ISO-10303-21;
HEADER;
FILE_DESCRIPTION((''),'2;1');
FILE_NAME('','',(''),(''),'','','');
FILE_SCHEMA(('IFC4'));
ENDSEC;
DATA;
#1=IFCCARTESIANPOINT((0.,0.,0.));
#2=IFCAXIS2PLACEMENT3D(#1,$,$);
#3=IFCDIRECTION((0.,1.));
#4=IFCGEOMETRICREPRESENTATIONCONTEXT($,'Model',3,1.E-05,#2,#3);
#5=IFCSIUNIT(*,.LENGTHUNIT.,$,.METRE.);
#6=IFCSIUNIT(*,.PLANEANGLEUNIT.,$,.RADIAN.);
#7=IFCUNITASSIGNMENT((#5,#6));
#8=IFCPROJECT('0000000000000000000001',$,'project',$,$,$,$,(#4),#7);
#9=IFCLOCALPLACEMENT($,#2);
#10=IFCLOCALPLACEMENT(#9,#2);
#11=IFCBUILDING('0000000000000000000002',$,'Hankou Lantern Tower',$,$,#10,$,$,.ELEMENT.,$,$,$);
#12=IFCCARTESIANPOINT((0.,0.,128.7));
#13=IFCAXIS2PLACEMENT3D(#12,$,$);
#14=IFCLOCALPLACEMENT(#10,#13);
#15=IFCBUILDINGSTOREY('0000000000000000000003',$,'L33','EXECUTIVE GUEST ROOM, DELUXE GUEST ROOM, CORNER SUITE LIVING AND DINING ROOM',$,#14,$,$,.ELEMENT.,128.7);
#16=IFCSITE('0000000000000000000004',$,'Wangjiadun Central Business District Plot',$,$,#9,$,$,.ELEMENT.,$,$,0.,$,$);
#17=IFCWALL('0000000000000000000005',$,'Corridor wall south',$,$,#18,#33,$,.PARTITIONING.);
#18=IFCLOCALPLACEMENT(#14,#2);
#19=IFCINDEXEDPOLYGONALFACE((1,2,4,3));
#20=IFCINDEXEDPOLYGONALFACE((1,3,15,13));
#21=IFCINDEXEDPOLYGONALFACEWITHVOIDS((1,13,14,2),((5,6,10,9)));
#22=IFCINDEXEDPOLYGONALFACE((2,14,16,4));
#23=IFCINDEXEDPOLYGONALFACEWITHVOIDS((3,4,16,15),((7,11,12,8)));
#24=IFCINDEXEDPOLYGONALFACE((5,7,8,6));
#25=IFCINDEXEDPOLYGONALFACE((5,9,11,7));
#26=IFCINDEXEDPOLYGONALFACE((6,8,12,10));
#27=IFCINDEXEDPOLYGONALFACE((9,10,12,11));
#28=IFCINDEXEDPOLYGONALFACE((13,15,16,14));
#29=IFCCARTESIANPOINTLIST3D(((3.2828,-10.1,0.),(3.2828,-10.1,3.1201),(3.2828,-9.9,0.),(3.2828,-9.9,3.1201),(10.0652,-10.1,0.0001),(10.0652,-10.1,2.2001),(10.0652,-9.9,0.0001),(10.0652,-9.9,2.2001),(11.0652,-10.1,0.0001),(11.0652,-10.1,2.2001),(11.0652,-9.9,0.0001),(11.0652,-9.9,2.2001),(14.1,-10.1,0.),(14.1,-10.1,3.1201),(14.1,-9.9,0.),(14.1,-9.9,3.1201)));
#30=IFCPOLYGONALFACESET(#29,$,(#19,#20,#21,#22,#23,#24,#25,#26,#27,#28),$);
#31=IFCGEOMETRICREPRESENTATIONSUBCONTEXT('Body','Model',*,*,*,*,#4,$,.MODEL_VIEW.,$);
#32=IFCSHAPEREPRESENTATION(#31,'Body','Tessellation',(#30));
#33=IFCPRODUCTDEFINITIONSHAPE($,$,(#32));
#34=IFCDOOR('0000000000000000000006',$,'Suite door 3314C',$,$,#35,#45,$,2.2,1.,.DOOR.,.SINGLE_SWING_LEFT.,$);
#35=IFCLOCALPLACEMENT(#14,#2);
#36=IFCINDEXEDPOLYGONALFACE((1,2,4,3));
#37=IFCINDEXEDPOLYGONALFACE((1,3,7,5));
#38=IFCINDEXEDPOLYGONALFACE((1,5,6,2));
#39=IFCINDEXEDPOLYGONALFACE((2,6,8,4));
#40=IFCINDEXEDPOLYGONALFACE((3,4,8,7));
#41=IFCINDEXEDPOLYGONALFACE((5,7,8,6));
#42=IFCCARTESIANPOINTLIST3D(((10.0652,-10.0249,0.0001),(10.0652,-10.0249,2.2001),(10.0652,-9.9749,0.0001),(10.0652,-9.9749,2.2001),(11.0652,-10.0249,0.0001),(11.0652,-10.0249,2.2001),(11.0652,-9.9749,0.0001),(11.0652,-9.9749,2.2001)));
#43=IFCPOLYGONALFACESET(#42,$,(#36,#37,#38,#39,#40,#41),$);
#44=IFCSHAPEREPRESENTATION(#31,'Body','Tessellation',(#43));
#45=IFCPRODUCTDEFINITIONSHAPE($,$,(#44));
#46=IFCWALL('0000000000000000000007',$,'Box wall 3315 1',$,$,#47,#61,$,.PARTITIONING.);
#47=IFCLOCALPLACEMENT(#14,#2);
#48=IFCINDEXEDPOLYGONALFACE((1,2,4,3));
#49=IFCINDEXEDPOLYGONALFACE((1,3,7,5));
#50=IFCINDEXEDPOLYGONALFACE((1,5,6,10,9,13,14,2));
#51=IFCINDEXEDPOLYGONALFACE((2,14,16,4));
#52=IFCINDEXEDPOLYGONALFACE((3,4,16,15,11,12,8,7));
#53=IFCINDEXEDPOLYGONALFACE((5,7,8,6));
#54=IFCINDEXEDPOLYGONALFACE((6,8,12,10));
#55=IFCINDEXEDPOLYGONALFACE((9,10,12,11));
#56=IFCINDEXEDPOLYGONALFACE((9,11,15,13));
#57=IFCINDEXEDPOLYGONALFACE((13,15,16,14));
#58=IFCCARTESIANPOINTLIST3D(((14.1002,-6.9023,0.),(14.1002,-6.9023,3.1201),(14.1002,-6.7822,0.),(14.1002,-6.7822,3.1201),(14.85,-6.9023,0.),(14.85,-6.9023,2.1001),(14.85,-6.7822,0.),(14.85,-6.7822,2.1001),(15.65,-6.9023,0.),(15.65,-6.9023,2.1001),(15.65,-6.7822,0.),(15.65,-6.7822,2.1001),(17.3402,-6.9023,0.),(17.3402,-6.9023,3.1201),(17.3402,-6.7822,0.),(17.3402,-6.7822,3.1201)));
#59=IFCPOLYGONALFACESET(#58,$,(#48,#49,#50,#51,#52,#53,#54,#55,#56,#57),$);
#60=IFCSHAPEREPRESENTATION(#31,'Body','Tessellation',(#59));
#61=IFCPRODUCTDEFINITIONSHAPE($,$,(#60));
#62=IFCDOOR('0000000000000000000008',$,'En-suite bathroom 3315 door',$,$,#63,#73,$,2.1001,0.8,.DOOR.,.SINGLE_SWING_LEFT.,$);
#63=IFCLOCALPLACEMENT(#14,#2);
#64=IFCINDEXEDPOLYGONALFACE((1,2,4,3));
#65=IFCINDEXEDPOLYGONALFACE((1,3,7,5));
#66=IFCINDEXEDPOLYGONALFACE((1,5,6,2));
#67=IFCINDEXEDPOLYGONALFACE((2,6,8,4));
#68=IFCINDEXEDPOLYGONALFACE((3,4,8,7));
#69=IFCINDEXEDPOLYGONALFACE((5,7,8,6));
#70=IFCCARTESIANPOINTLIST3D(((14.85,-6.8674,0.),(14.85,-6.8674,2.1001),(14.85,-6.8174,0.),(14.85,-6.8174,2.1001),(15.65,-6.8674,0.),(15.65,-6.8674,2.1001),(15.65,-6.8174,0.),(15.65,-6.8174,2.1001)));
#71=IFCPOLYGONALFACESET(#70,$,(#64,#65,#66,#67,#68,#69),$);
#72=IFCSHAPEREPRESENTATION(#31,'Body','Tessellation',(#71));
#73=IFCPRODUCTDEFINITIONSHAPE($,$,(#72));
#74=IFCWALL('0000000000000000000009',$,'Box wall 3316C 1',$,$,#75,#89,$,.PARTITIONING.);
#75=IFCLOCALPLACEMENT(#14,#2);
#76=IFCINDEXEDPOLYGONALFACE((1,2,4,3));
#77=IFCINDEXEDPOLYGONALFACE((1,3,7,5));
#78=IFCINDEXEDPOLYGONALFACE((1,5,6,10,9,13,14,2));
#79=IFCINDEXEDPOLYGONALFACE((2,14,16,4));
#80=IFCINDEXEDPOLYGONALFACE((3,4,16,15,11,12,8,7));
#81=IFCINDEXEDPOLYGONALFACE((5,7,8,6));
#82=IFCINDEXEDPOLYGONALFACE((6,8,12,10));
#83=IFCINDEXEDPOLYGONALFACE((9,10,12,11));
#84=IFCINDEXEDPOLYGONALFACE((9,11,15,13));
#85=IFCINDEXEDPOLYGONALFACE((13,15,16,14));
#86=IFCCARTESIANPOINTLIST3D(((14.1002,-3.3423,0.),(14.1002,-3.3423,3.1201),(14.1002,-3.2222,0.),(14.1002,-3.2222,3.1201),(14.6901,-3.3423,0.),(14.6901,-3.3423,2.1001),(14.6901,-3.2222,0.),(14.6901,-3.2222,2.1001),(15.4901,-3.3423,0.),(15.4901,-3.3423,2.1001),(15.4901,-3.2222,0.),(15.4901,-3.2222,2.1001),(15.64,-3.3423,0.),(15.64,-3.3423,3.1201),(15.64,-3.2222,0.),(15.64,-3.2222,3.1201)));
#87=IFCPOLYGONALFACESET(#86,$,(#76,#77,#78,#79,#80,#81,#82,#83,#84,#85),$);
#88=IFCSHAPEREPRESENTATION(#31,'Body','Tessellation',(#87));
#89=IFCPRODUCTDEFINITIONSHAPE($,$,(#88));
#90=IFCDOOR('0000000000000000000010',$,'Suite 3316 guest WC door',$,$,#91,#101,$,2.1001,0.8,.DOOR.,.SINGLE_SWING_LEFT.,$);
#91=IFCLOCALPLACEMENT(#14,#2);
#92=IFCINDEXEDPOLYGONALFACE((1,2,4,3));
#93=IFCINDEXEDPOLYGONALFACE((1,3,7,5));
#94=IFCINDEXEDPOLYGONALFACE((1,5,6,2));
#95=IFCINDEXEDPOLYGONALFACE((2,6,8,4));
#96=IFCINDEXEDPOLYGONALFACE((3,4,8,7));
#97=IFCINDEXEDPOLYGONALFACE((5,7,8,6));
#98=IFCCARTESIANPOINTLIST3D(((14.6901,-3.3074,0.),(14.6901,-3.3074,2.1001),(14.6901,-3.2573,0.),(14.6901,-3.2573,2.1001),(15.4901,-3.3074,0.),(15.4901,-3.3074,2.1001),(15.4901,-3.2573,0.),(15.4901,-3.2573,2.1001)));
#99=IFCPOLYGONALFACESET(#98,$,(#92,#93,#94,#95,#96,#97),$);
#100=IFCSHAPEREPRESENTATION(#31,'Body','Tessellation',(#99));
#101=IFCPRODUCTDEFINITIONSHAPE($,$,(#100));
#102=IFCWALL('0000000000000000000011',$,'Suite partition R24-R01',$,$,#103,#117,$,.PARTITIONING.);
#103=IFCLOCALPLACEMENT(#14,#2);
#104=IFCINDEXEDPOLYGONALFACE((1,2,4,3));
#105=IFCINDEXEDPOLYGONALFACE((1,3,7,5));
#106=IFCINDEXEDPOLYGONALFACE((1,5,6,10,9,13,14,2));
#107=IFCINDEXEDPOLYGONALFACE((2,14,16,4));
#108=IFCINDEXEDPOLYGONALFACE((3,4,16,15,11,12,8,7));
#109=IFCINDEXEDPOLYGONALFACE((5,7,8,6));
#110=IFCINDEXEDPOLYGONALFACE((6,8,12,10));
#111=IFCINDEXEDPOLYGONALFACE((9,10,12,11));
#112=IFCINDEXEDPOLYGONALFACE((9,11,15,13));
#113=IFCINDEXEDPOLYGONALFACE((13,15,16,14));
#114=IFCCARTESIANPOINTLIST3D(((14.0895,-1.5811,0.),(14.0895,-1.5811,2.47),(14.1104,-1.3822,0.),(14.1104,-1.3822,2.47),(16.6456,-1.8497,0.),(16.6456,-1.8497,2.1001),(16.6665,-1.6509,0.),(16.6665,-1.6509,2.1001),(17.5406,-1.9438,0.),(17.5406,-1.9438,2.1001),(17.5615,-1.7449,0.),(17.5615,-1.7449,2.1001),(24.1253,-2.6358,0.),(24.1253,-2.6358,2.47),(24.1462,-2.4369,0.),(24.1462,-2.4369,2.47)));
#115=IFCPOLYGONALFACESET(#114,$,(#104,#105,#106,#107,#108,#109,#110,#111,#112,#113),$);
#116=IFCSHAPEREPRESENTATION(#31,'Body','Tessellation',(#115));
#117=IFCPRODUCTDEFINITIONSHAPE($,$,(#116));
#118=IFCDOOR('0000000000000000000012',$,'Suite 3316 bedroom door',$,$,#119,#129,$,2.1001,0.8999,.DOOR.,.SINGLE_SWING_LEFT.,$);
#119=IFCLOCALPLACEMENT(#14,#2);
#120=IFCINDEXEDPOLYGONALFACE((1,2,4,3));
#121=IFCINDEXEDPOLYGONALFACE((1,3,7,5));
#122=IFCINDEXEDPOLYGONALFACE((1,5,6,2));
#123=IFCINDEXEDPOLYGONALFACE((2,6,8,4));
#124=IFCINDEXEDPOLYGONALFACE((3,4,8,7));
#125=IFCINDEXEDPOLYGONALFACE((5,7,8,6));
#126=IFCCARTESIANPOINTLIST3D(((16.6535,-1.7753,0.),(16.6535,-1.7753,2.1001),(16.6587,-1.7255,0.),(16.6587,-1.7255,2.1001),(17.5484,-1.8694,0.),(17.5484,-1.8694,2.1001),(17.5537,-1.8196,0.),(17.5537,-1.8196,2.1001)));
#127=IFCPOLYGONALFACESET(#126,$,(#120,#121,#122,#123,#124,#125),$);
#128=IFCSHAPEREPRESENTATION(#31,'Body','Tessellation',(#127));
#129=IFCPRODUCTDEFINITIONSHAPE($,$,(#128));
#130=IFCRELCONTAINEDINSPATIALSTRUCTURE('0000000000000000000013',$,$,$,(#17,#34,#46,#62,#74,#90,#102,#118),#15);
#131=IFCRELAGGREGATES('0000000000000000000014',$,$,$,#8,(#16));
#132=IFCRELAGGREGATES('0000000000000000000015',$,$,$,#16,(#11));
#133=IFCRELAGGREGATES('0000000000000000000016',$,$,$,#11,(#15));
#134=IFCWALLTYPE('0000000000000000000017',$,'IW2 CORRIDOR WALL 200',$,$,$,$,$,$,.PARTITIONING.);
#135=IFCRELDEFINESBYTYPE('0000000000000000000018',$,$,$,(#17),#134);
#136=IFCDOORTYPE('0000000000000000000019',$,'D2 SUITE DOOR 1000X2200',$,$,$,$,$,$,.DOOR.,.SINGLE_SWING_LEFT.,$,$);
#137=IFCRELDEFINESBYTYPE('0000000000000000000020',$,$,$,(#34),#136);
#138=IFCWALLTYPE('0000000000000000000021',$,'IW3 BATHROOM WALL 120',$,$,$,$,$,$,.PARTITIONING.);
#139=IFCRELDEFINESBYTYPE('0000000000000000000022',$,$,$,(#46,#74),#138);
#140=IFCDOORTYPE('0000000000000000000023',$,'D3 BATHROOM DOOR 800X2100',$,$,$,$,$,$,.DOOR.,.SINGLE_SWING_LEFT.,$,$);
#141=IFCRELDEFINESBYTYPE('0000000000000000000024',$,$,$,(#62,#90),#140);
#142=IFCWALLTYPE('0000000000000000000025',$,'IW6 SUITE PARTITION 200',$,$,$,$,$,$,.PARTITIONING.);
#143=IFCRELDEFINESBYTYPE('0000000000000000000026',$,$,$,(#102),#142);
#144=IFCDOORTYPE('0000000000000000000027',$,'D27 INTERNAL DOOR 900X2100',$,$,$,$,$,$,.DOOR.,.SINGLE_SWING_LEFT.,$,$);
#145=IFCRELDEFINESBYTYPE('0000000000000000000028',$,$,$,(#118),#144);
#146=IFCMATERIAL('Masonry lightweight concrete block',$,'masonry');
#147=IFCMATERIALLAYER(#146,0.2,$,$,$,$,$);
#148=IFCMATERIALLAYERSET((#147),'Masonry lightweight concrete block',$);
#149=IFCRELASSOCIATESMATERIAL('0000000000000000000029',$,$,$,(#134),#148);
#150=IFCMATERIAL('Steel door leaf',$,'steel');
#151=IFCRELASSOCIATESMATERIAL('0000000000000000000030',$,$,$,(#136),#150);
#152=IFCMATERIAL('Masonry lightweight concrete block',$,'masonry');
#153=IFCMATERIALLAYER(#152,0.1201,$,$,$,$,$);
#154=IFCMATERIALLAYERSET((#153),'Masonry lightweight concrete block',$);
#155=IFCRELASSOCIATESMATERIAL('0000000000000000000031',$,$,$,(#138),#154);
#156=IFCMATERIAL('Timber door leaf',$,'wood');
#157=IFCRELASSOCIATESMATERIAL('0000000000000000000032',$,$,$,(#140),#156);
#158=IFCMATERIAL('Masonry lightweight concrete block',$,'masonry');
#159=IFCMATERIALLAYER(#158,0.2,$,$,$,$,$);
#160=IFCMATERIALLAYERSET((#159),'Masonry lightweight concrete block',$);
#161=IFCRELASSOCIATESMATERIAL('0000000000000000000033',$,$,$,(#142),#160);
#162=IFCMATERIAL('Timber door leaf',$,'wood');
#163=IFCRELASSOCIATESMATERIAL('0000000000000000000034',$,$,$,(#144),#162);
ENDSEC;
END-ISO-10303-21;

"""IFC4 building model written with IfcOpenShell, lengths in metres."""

from ifc_helpers import new_model, si_unit, direction, frame, frame_2d, origin, place, context, subcontext, project, spatial, rectangle, extrude, material, layer, layer_set, type_object, element, fill, save


model = new_model("IFC4")

# Units and contexts
model_context = context("Model", 3, precision=1e-05, world=origin(), true_north=direction((0.0, 1.0)))
body_context = subcontext(model_context, "Body", "Model", "MODEL_VIEW")
ifc_project = project(units=[si_unit("LENGTHUNIT", "METRE"), si_unit("PLANEANGLEUNIT", "RADIAN")], contexts=[model_context])

# Site, building, storey
site_placement = place(None, origin())
site = spatial("IfcSite", under=ifc_project, at=site_placement, Name="Wangjiadun Central Business District Plot", CompositionType="ELEMENT", RefElevation=0.0)
building_placement = place(site_placement, origin())
building = spatial("IfcBuilding", under=site, at=building_placement, Name="Hankou Lantern Tower", CompositionType="ELEMENT")
storey_placement = place(building_placement, frame((0.0, 0.0, 128.7)))
storey = spatial("IfcBuildingStorey", under=building, at=storey_placement, Name="L33", Description="EXECUTIVE GUEST ROOM, DELUXE GUEST ROOM, CORNER SUITE LIVING AND DINING ROOM", CompositionType="ELEMENT", Elevation=128.7)

# Shared definitions
ifc_material_1 = material(Name="Masonry lightweight concrete block", Category="masonry")
ifc_layer_1 = layer(ifc_material_1, 0.2)
ifc_layer_set_1 = layer_set([ifc_layer_1], Name="Masonry lightweight concrete block")
wall_type_1 = type_object("IfcWallType", Name="IW2 CORRIDOR WALL 200", PredefinedType="PARTITIONING", material=ifc_layer_set_1)
ifc_material_2 = material(Name="Steel door leaf", Category="steel")
door_type_1 = type_object("IfcDoorType", Name="D2 SUITE DOOR 1000X2200", OperationType="SINGLE_SWING_LEFT", PredefinedType="DOOR", material=ifc_material_2)

# Walls, openings, doors
wall_1_placement = place(storey_placement, frame((14.1001, -10.0, 0.0), z_axis=(0.0, 0.0, 1.0), x_axis=(-1.0, 0.0, 0.0)))
wall_1 = element("IfcWall", 1, at=wall_1_placement, inside=storey, type_object=wall_type_1, Name="Corridor wall south", PredefinedType="PARTITIONING", context=body_context, shape_type="SweptSolid", body=[
    extrude(rectangle(XDim=10.8171, YDim=0.2, at=frame_2d((5.4087, 0.0))), origin(), (0.0, 0.0, 1.0), 3.1201),
])
opening_1_placement = place(wall_1_placement, frame((3.0349, 0.0, 0.0)))
opening_1 = element("IfcOpeningElement", 2, at=opening_1_placement, cuts=wall_1, PredefinedType="OPENING", context=body_context, shape_type="SweptSolid", body=[
    extrude(rectangle(XDim=1.0, YDim=2.2, at=frame_2d((0.5, 1.1001))), frame((0.0, 0.1099, 0.0), z_axis=(0.0, -1.0, 0.0), x_axis=(1.0, 0.0, 0.0)), (0.0, 0.0, 1.0), 0.22),
])
door_1_placement = place(opening_1_placement, origin())
door_1 = element("IfcDoor", 3, at=door_1_placement, inside=storey, type_object=door_type_1, Name="Suite door 3314C", OperationType="SINGLE_SWING_LEFT", OverallHeight=2.2, OverallWidth=1.0, PredefinedType="DOOR", context=body_context, shape_type="SweptSolid", body=[
    extrude(rectangle(XDim=1.0, YDim=2.2, at=frame_2d((0.5, 1.1001))), frame((0.0, 0.0249, 0.0), z_axis=(0.0, -1.0, 0.0), x_axis=(1.0, 0.0, 0.0)), (0.0, 0.0, 1.0), 0.05),
])
fill(opening_1, door_1)
ifc_material_3 = material(Name="Masonry lightweight concrete block", Category="masonry")
ifc_layer_2 = layer(ifc_material_3, 0.1201)
ifc_layer_set_2 = layer_set([ifc_layer_2], Name="Masonry lightweight concrete block")
wall_type_2 = type_object("IfcWallType", Name="IW3 BATHROOM WALL 120", PredefinedType="PARTITIONING", material=ifc_layer_set_2)
wall_2_placement = place(storey_placement, frame((14.1001, -6.8423, 0.0), z_axis=(0.0, 0.0, 1.0), x_axis=(1.0, 0.0, 0.0)))
wall_2 = element("IfcWall", 4, at=wall_2_placement, inside=storey, type_object=wall_type_2, Name="Box wall 3315 1", PredefinedType="PARTITIONING", context=body_context, shape_type="SweptSolid", body=[
    extrude(rectangle(XDim=3.24, YDim=0.1201, at=frame_2d((1.6201, 0.0))), origin(), (0.0, 0.0, 1.0), 3.1201),
])
opening_2_placement = place(wall_2_placement, frame((0.75, 0.0, 0.0)))
opening_2 = element("IfcOpeningElement", 5, at=opening_2_placement, cuts=wall_2, PredefinedType="OPENING", context=body_context, shape_type="SweptSolid", body=[
    extrude(rectangle(XDim=0.8, YDim=2.1001, at=frame_2d((0.3999, 1.05))), frame((0.0, 0.0701, 0.0), z_axis=(0.0, -1.0, 0.0), x_axis=(1.0, 0.0, 0.0)), (0.0, 0.0, 1.0), 0.1401),
])
ifc_material_4 = material(Name="Timber door leaf", Category="wood")
door_type_2 = type_object("IfcDoorType", Name="D3 BATHROOM DOOR 800X2100", OperationType="SINGLE_SWING_LEFT", PredefinedType="DOOR", material=ifc_material_4)
door_2_placement = place(opening_2_placement, origin())
door_2 = element("IfcDoor", 6, at=door_2_placement, inside=storey, type_object=door_type_2, Name="En-suite bathroom 3315 door", OperationType="SINGLE_SWING_LEFT", OverallHeight=2.1001, OverallWidth=0.8, PredefinedType="DOOR", context=body_context, shape_type="SweptSolid", body=[
    extrude(rectangle(XDim=0.8, YDim=2.1001, at=frame_2d((0.3999, 1.05))), frame((0.0, 0.0249, 0.0), z_axis=(0.0, -1.0, 0.0), x_axis=(1.0, 0.0, 0.0)), (0.0, 0.0, 1.0), 0.05),
])
fill(opening_2, door_2)
wall_3_placement = place(storey_placement, frame((14.1001, -3.2822, 0.0), z_axis=(0.0, 0.0, 1.0), x_axis=(1.0, 0.0, 0.0)))
wall_3 = element("IfcWall", 7, at=wall_3_placement, inside=storey, type_object=wall_type_2, Name="Box wall 3316C 1", PredefinedType="PARTITIONING", context=body_context, shape_type="SweptSolid", body=[
    extrude(rectangle(XDim=1.5398, YDim=0.1201, at=frame_2d((0.77, 0.0))), origin(), (0.0, 0.0, 1.0), 3.1201),
])
opening_3_placement = place(wall_3_placement, frame((0.5901, 0.0, 0.0)))
opening_3 = element("IfcOpeningElement", 8, at=opening_3_placement, cuts=wall_3, PredefinedType="OPENING", context=body_context, shape_type="SweptSolid", body=[
    extrude(rectangle(XDim=0.8, YDim=2.1001, at=frame_2d((0.3999, 1.05))), frame((0.0, 0.0701, 0.0), z_axis=(0.0, -1.0, 0.0), x_axis=(1.0, 0.0, 0.0)), (0.0, 0.0, 1.0), 0.1401),
])
door_3_placement = place(opening_3_placement, origin())
door_3 = element("IfcDoor", 9, at=door_3_placement, inside=storey, type_object=door_type_2, Name="Suite 3316 guest WC door", OperationType="SINGLE_SWING_LEFT", OverallHeight=2.1001, OverallWidth=0.8, PredefinedType="DOOR", context=body_context, shape_type="SweptSolid", body=[
    extrude(rectangle(XDim=0.8, YDim=2.1001, at=frame_2d((0.3999, 1.05))), frame((0.0, 0.0249, 0.0), z_axis=(0.0, -1.0, 0.0), x_axis=(1.0, 0.0, 0.0)), (0.0, 0.0, 1.0), 0.05),
])
fill(opening_3, door_3)
ifc_material_5 = material(Name="Masonry lightweight concrete block", Category="masonry")
ifc_layer_3 = layer(ifc_material_5, 0.2)
ifc_layer_set_3 = layer_set([ifc_layer_3], Name="Masonry lightweight concrete block")
wall_type_3 = type_object("IfcWallType", Name="IW6 SUITE PARTITION 200", PredefinedType="PARTITIONING", material=ifc_layer_set_3)
wall_4_placement = place(storey_placement, frame((14.1001, -1.4817, 0.0), z_axis=(0.0, 0.0, 1.0), x_axis=(0.994523, -0.104516, 0.0)))
wall_4 = element("IfcWall", 10, at=wall_4_placement, inside=storey, type_object=wall_type_3, Name="Suite partition R24-R01", PredefinedType="PARTITIONING", context=body_context, shape_type="SweptSolid", body=[
    extrude(rectangle(XDim=10.0911, YDim=0.2, at=frame_2d((5.0454, 0.0))), origin(), (0.0, 0.0, 1.0), 2.47),
])
opening_4_placement = place(wall_4_placement, frame((2.5701, 0.0, 0.0)))
opening_4 = element("IfcOpeningElement", 11, at=opening_4_placement, cuts=wall_4, PredefinedType="OPENING", context=body_context, shape_type="SweptSolid", body=[
    extrude(rectangle(XDim=0.8999, YDim=2.1001, at=frame_2d((0.45, 1.05))), frame((0.0, 0.1099, 0.0), z_axis=(0.0, -1.0, 0.0), x_axis=(1.0, 0.0, 0.0)), (0.0, 0.0, 1.0), 0.22),
])
ifc_material_6 = material(Name="Timber door leaf", Category="wood")
door_type_3 = type_object("IfcDoorType", Name="D27 INTERNAL DOOR 900X2100", OperationType="SINGLE_SWING_LEFT", PredefinedType="DOOR", material=ifc_material_6)
door_4_placement = place(opening_4_placement, origin())
door_4 = element("IfcDoor", 12, at=door_4_placement, inside=storey, type_object=door_type_3, Name="Suite 3316 bedroom door", OperationType="SINGLE_SWING_LEFT", OverallHeight=2.1001, OverallWidth=0.8999, PredefinedType="DOOR", context=body_context, shape_type="SweptSolid", body=[
    extrude(rectangle(XDim=0.8999, YDim=2.1001, at=frame_2d((0.45, 1.05))), frame((0.0, 0.0249, 0.0), z_axis=(0.0, -1.0, 0.0), x_axis=(1.0, 0.0, 0.0)), (0.0, 0.0, 1.0), 0.05),
])
fill(opening_4, door_4)

save(model, "model.ifc")
